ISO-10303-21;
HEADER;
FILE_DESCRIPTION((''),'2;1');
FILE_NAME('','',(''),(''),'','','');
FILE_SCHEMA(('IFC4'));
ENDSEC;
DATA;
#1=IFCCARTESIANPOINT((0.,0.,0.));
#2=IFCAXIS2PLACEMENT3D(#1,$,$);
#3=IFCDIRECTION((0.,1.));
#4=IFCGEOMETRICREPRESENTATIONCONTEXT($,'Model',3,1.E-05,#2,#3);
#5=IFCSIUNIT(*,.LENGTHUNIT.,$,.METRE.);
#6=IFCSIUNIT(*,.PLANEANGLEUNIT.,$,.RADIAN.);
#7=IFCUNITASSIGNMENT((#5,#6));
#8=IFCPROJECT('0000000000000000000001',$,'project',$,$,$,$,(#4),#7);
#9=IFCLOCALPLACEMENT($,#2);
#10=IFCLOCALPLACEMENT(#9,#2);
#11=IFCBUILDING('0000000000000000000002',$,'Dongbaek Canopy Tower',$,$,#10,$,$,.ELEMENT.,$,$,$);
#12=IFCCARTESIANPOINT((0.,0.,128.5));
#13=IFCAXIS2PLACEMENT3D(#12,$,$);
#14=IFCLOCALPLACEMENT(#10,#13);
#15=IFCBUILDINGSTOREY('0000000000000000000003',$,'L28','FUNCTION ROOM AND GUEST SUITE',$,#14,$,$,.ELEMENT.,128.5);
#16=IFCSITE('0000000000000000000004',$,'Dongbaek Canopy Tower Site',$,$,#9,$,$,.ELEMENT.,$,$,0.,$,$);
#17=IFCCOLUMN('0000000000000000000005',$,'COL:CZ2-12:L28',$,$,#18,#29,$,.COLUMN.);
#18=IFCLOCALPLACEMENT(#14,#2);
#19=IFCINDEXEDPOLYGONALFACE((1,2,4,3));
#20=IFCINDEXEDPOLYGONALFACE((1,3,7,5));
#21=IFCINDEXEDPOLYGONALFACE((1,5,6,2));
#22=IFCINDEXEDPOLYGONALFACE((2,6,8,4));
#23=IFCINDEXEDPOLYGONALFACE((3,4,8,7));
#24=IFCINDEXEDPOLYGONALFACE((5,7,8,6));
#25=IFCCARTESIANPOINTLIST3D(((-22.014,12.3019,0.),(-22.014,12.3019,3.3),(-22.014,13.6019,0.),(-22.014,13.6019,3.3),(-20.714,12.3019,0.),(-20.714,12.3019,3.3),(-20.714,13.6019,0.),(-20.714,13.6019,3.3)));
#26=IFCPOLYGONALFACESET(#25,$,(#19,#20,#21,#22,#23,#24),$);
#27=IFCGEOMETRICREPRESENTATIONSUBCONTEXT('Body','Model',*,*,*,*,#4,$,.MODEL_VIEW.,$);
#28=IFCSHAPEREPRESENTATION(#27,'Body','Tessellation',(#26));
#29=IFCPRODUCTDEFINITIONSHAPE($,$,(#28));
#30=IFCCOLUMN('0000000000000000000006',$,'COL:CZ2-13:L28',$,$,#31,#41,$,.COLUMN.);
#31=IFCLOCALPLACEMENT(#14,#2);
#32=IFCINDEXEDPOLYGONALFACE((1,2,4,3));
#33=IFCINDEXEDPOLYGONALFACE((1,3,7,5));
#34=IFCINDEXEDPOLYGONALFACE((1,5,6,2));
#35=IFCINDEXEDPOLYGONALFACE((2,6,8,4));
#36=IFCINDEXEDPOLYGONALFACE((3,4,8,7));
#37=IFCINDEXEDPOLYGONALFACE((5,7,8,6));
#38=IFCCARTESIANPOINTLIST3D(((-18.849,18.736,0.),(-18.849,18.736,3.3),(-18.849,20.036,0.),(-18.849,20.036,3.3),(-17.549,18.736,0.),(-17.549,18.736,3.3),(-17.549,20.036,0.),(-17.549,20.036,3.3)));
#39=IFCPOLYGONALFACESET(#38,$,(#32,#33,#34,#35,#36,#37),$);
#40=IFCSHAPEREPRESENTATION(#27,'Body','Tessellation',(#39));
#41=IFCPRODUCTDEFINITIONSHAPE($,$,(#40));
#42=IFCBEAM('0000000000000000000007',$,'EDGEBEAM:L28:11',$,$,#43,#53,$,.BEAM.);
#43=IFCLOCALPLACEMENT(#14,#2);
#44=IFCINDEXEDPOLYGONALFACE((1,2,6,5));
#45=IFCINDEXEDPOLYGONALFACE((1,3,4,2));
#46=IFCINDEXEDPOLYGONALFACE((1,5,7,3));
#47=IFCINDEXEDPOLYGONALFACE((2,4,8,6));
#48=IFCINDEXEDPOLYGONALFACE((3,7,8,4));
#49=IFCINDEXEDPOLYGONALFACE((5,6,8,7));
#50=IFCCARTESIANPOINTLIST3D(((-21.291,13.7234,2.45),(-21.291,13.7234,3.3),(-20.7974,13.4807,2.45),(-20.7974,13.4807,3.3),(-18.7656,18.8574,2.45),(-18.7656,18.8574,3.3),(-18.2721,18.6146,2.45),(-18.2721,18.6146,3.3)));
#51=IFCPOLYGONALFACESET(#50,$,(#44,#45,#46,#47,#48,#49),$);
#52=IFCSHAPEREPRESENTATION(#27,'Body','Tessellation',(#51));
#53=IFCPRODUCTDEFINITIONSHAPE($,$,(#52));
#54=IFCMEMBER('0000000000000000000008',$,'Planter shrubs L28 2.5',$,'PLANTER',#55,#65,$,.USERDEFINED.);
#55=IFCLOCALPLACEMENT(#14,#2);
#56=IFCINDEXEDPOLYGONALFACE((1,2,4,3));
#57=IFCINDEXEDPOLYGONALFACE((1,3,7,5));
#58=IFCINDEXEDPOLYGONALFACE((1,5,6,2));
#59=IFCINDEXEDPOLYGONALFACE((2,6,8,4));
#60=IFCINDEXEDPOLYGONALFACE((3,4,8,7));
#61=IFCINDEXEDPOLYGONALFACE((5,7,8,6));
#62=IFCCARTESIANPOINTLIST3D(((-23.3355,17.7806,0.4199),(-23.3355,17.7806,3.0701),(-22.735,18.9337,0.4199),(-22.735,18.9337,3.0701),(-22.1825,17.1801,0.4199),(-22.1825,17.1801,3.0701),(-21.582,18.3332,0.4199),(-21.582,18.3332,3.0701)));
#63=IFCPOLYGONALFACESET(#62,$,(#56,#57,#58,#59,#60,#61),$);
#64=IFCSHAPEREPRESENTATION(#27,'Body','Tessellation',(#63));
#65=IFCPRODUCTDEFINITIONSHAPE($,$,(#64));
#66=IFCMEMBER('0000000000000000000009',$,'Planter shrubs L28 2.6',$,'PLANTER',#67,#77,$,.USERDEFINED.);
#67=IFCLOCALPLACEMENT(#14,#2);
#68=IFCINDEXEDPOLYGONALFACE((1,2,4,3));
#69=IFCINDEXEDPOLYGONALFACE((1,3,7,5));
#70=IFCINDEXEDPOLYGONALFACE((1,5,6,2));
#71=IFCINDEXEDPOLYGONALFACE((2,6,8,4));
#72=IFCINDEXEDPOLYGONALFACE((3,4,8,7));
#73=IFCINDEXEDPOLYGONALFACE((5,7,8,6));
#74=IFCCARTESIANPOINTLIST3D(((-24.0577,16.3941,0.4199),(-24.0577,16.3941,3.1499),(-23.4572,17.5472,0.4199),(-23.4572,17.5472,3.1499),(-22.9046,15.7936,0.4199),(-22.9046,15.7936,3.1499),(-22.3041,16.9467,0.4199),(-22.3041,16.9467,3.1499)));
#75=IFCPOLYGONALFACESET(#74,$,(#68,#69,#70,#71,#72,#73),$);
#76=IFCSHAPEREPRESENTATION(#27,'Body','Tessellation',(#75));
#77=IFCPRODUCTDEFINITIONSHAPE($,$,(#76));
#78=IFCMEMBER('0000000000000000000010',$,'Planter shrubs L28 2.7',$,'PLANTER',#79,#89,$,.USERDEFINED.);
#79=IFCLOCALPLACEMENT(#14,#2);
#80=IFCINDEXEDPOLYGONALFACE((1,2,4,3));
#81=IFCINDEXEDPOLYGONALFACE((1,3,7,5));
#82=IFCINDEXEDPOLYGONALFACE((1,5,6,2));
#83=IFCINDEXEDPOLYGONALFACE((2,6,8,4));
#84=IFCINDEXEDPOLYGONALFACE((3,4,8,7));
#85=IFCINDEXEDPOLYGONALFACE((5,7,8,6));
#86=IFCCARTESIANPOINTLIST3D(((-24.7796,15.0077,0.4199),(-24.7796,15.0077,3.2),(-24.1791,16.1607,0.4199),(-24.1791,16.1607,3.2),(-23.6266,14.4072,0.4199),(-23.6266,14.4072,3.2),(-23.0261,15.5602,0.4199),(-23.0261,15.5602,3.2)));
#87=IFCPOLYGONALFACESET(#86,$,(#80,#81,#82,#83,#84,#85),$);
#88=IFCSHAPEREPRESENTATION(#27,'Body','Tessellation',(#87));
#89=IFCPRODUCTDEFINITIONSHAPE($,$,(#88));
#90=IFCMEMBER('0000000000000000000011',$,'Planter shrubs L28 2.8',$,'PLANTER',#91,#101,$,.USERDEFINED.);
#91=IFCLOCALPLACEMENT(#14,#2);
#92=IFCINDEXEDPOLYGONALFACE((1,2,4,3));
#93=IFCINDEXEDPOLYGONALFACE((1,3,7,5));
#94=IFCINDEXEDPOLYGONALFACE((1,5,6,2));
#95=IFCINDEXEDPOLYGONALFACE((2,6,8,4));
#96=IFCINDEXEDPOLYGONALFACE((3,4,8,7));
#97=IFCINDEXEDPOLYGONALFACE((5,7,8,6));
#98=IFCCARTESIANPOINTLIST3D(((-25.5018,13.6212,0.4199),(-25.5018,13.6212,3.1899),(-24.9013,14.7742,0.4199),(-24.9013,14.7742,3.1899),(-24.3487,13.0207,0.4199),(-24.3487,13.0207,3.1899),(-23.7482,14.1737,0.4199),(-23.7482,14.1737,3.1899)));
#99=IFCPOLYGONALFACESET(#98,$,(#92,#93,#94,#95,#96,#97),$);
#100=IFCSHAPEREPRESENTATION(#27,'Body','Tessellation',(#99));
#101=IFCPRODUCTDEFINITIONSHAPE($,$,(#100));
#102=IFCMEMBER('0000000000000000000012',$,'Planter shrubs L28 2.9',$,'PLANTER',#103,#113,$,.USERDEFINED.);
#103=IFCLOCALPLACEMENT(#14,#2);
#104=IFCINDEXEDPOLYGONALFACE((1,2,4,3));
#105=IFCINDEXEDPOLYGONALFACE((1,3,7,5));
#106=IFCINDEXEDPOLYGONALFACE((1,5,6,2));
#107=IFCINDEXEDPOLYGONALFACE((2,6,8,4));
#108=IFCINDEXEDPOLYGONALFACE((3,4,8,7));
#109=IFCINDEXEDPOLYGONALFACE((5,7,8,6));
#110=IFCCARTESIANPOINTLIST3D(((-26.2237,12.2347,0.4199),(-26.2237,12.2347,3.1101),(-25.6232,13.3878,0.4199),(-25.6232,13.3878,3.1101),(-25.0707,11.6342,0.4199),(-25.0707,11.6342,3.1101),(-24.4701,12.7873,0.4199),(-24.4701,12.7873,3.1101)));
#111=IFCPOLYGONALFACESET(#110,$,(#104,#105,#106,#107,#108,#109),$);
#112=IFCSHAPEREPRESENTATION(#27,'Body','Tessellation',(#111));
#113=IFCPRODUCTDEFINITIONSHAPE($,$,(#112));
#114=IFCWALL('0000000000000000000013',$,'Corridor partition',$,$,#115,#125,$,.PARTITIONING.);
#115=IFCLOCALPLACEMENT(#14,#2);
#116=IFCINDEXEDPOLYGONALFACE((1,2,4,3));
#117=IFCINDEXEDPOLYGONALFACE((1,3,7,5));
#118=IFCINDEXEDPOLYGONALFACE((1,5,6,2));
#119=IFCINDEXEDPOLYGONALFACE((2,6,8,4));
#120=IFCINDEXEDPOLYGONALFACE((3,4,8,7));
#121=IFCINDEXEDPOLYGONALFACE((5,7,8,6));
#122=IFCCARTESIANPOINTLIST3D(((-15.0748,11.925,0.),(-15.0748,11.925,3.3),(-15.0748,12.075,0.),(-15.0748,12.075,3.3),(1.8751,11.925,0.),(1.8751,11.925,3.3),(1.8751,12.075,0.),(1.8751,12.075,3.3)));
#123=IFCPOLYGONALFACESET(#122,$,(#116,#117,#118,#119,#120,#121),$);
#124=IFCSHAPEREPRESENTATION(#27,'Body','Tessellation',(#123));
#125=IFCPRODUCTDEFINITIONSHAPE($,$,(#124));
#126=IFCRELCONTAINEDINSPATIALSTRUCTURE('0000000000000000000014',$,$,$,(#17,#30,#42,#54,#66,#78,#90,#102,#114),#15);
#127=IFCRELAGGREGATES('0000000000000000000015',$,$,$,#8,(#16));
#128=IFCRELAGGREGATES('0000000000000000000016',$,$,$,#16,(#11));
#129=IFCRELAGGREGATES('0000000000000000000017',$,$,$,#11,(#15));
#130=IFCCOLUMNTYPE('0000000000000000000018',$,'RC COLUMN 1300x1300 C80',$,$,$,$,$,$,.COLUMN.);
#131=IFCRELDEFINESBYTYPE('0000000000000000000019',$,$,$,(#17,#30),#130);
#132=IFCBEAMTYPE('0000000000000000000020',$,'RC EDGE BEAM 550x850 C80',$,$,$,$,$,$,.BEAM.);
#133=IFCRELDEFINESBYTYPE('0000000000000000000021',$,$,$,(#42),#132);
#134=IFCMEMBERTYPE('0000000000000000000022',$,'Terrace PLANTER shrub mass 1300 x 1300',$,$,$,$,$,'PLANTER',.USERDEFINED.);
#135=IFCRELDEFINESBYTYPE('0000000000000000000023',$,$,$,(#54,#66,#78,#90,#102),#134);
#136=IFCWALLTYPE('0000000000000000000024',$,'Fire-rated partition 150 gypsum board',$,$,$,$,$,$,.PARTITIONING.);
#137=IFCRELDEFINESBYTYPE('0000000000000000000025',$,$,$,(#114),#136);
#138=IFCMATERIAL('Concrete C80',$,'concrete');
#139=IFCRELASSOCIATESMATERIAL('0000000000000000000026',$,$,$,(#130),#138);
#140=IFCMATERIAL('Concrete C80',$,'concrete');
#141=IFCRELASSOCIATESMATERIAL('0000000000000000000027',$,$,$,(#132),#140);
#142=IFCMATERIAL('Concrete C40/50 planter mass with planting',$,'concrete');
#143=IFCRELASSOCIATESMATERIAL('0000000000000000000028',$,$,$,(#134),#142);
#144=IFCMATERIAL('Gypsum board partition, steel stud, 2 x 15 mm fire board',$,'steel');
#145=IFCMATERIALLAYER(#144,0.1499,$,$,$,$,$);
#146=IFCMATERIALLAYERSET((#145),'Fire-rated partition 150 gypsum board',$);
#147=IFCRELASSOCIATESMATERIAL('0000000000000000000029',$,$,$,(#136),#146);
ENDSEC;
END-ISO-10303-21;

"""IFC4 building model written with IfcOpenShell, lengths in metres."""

from ifc_helpers import new_model, si_unit, direction, frame, frame_2d, origin, origin_2d, place, context, subcontext, project, spatial, rectangle, extrude, material, layer, layer_set, material_profile, profile_set, type_object, element, save


model = new_model("IFC4")

# Units and contexts
model_context = context("Model", 3, precision=1e-05, world=origin(), true_north=direction((0.0, 1.0)))
body_context = subcontext(model_context, "Body", "Model", "MODEL_VIEW")
ifc_project = project(units=[si_unit("LENGTHUNIT", "METRE"), si_unit("PLANEANGLEUNIT", "RADIAN")], contexts=[model_context])

# Site, building, storey
site_placement = place(None, origin())
site = spatial("IfcSite", under=ifc_project, at=site_placement, Name="Dongbaek Canopy Tower Site", CompositionType="ELEMENT", RefElevation=0.0)
building_placement = place(site_placement, origin())
building = spatial("IfcBuilding", under=site, at=building_placement, Name="Dongbaek Canopy Tower", CompositionType="ELEMENT")
storey_placement = place(building_placement, frame((0.0, 0.0, 128.5)))
storey = spatial("IfcBuildingStorey", under=building, at=storey_placement, Name="L28", Description="FUNCTION ROOM AND GUEST SUITE", CompositionType="ELEMENT", Elevation=128.5)

# Columns
ifc_material_1 = material(Name="Concrete C80", Category="concrete")
ifc_material_profile_1 = material_profile(ifc_material_1, rectangle(XDim=1.3, YDim=1.3, at=origin_2d()), Name="RC COLUMN 1300x1300 C80")
ifc_profile_set_1 = profile_set([ifc_material_profile_1], Name="Concrete C80")
column_type = type_object("IfcColumnType", Name="RC COLUMN 1300x1300 C80", PredefinedType="COLUMN", material=ifc_profile_set_1)
for number, where, z_axis, x_axis, name in (
    (1, (-21.364, 12.9519, 0.0), (0.0, 0.0, 1.0), (1.0, 0.0, 0.0), "COL:CZ2-12:L28"),
    (2, (-18.199, 19.386, 0.0), (0.0, 0.0, 1.0), (1.0, 0.0, 0.0), "COL:CZ2-13:L28"),
):
    element("IfcColumn", number, at=place(storey_placement, frame(where, z_axis=z_axis, x_axis=x_axis)), inside=storey, type_object=column_type, Name=name, PredefinedType="COLUMN", context=body_context, shape_type="SweptSolid", body=[
        extrude(rectangle(XDim=1.3, YDim=1.3, at=origin_2d()), origin(), (0.0, 0.0, 1.0), 3.3),
    ])

# Beam
ifc_material_2 = material(Name="Concrete C80", Category="concrete")
ifc_material_profile_2 = material_profile(ifc_material_2, rectangle(XDim=0.55, YDim=0.8501, at=origin_2d()), Name="RC EDGE BEAM 550x850 C80")
ifc_profile_set_2 = profile_set([ifc_material_profile_2], Name="Concrete C80")
beam_type = type_object("IfcBeamType", Name="RC EDGE BEAM 550x850 C80", PredefinedType="BEAM", material=ifc_profile_set_2)
beam_placement = place(storey_placement, frame((-21.0442, 13.6021, 2.875), z_axis=(0.441384, 0.897318, 0.0), x_axis=(-0.897318, 0.441384, 0.0)))
element("IfcBeam", 3, at=beam_placement, inside=storey, type_object=beam_type, Name="EDGEBEAM:L28:11", PredefinedType="BEAM", context=body_context, shape_type="SweptSolid", body=[
    extrude(rectangle(XDim=0.55, YDim=0.8501, at=origin_2d()), origin(), (0.0, 0.0, 1.0), 5.7214),
])

# Members
ifc_material_3 = material(Name="Concrete C40/50 planter mass with planting", Category="concrete")
ifc_material_profile_3 = material_profile(ifc_material_3, rectangle(XDim=1.3, YDim=1.3, at=origin_2d()), Name="Terrace PLANTER shrub mass 1300 x 1300")
ifc_profile_set_3 = profile_set([ifc_material_profile_3], Name="Concrete C40/50 planter mass with planting")
member_type = type_object("IfcMemberType", Name="Terrace PLANTER shrub mass 1300 x 1300", ElementType="PLANTER", PredefinedType="USERDEFINED", material=ifc_profile_set_3)
member_1_placement = place(storey_placement, frame((-22.4587, 18.0569, 0.4199), z_axis=(0.0, 0.0, 1.0), x_axis=(-0.886927, 0.46191, 0.0)))
element("IfcMember", 4, at=member_1_placement, inside=storey, type_object=member_type, Name="Planter shrubs L28 2.5", ObjectType="PLANTER", PredefinedType="USERDEFINED", context=body_context, shape_type="SweptSolid", body=[
    extrude(rectangle(XDim=1.3, YDim=1.3, at=origin_2d()), origin(), (0.0, 0.0, 1.0), 2.6501),
])
member_2_placement = place(storey_placement, frame((-23.1809, 16.6704, 0.4199), z_axis=(0.0, 0.0, 1.0), x_axis=(-0.886927, 0.46191, 0.0)))
element("IfcMember", 5, at=member_2_placement, inside=storey, type_object=member_type, Name="Planter shrubs L28 2.6", ObjectType="PLANTER", PredefinedType="USERDEFINED", context=body_context, shape_type="SweptSolid", body=[
    extrude(rectangle(XDim=1.3, YDim=1.3, at=origin_2d()), origin(), (0.0, 0.0, 1.0), 2.73),
])
member_3_placement = place(storey_placement, frame((-23.9028, 15.2839, 0.4199), z_axis=(0.0, 0.0, 1.0), x_axis=(-0.886927, 0.46191, 0.0)))
element("IfcMember", 6, at=member_3_placement, inside=storey, type_object=member_type, Name="Planter shrubs L28 2.7", ObjectType="PLANTER", PredefinedType="USERDEFINED", context=body_context, shape_type="SweptSolid", body=[
    extrude(rectangle(XDim=1.3, YDim=1.3, at=origin_2d()), origin(), (0.0, 0.0, 1.0), 2.78),
])
member_4_placement = place(storey_placement, frame((-24.625, 13.8975, 0.4199), z_axis=(0.0, 0.0, 1.0), x_axis=(-0.886927, 0.46191, 0.0)))
element("IfcMember", 7, at=member_4_placement, inside=storey, type_object=member_type, Name="Planter shrubs L28 2.8", ObjectType="PLANTER", PredefinedType="USERDEFINED", context=body_context, shape_type="SweptSolid", body=[
    extrude(rectangle(XDim=1.3, YDim=1.3, at=origin_2d()), origin(), (0.0, 0.0, 1.0), 2.77),
])
member_5_placement = place(storey_placement, frame((-25.3469, 12.511, 0.4199), z_axis=(0.0, 0.0, 1.0), x_axis=(-0.886927, 0.46191, 0.0)))
element("IfcMember", 8, at=member_5_placement, inside=storey, type_object=member_type, Name="Planter shrubs L28 2.9", ObjectType="PLANTER", PredefinedType="USERDEFINED", context=body_context, shape_type="SweptSolid", body=[
    extrude(rectangle(XDim=1.3, YDim=1.3, at=origin_2d()), origin(), (0.0, 0.0, 1.0), 2.6902),
])

# Wall
ifc_material_4 = material(Name="Gypsum board partition, steel stud, 2 x 15 mm fire board", Category="steel")
ifc_layer_1 = layer(ifc_material_4, 0.1499)
ifc_layer_set_1 = layer_set([ifc_layer_1], Name="Fire-rated partition 150 gypsum board")
wall_type_1 = type_object("IfcWallType", Name="Fire-rated partition 150 gypsum board", PredefinedType="PARTITIONING", material=ifc_layer_set_1)
wall_1_placement = place(storey_placement, frame((-15.075, 12.0, 0.0), z_axis=(0.0, 0.0, 1.0), x_axis=(1.0, 0.0, 0.0)))
element("IfcWall", 9, at=wall_1_placement, inside=storey, type_object=wall_type_1, Name="Corridor partition", PredefinedType="PARTITIONING", context=body_context, shape_type="SweptSolid", body=[
    extrude(rectangle(XDim=16.95, YDim=0.1499, at=frame_2d((8.4751, 0.0))), origin(), (0.0, 0.0, 1.0), 3.3),
])

save(model, "model.ifc")
